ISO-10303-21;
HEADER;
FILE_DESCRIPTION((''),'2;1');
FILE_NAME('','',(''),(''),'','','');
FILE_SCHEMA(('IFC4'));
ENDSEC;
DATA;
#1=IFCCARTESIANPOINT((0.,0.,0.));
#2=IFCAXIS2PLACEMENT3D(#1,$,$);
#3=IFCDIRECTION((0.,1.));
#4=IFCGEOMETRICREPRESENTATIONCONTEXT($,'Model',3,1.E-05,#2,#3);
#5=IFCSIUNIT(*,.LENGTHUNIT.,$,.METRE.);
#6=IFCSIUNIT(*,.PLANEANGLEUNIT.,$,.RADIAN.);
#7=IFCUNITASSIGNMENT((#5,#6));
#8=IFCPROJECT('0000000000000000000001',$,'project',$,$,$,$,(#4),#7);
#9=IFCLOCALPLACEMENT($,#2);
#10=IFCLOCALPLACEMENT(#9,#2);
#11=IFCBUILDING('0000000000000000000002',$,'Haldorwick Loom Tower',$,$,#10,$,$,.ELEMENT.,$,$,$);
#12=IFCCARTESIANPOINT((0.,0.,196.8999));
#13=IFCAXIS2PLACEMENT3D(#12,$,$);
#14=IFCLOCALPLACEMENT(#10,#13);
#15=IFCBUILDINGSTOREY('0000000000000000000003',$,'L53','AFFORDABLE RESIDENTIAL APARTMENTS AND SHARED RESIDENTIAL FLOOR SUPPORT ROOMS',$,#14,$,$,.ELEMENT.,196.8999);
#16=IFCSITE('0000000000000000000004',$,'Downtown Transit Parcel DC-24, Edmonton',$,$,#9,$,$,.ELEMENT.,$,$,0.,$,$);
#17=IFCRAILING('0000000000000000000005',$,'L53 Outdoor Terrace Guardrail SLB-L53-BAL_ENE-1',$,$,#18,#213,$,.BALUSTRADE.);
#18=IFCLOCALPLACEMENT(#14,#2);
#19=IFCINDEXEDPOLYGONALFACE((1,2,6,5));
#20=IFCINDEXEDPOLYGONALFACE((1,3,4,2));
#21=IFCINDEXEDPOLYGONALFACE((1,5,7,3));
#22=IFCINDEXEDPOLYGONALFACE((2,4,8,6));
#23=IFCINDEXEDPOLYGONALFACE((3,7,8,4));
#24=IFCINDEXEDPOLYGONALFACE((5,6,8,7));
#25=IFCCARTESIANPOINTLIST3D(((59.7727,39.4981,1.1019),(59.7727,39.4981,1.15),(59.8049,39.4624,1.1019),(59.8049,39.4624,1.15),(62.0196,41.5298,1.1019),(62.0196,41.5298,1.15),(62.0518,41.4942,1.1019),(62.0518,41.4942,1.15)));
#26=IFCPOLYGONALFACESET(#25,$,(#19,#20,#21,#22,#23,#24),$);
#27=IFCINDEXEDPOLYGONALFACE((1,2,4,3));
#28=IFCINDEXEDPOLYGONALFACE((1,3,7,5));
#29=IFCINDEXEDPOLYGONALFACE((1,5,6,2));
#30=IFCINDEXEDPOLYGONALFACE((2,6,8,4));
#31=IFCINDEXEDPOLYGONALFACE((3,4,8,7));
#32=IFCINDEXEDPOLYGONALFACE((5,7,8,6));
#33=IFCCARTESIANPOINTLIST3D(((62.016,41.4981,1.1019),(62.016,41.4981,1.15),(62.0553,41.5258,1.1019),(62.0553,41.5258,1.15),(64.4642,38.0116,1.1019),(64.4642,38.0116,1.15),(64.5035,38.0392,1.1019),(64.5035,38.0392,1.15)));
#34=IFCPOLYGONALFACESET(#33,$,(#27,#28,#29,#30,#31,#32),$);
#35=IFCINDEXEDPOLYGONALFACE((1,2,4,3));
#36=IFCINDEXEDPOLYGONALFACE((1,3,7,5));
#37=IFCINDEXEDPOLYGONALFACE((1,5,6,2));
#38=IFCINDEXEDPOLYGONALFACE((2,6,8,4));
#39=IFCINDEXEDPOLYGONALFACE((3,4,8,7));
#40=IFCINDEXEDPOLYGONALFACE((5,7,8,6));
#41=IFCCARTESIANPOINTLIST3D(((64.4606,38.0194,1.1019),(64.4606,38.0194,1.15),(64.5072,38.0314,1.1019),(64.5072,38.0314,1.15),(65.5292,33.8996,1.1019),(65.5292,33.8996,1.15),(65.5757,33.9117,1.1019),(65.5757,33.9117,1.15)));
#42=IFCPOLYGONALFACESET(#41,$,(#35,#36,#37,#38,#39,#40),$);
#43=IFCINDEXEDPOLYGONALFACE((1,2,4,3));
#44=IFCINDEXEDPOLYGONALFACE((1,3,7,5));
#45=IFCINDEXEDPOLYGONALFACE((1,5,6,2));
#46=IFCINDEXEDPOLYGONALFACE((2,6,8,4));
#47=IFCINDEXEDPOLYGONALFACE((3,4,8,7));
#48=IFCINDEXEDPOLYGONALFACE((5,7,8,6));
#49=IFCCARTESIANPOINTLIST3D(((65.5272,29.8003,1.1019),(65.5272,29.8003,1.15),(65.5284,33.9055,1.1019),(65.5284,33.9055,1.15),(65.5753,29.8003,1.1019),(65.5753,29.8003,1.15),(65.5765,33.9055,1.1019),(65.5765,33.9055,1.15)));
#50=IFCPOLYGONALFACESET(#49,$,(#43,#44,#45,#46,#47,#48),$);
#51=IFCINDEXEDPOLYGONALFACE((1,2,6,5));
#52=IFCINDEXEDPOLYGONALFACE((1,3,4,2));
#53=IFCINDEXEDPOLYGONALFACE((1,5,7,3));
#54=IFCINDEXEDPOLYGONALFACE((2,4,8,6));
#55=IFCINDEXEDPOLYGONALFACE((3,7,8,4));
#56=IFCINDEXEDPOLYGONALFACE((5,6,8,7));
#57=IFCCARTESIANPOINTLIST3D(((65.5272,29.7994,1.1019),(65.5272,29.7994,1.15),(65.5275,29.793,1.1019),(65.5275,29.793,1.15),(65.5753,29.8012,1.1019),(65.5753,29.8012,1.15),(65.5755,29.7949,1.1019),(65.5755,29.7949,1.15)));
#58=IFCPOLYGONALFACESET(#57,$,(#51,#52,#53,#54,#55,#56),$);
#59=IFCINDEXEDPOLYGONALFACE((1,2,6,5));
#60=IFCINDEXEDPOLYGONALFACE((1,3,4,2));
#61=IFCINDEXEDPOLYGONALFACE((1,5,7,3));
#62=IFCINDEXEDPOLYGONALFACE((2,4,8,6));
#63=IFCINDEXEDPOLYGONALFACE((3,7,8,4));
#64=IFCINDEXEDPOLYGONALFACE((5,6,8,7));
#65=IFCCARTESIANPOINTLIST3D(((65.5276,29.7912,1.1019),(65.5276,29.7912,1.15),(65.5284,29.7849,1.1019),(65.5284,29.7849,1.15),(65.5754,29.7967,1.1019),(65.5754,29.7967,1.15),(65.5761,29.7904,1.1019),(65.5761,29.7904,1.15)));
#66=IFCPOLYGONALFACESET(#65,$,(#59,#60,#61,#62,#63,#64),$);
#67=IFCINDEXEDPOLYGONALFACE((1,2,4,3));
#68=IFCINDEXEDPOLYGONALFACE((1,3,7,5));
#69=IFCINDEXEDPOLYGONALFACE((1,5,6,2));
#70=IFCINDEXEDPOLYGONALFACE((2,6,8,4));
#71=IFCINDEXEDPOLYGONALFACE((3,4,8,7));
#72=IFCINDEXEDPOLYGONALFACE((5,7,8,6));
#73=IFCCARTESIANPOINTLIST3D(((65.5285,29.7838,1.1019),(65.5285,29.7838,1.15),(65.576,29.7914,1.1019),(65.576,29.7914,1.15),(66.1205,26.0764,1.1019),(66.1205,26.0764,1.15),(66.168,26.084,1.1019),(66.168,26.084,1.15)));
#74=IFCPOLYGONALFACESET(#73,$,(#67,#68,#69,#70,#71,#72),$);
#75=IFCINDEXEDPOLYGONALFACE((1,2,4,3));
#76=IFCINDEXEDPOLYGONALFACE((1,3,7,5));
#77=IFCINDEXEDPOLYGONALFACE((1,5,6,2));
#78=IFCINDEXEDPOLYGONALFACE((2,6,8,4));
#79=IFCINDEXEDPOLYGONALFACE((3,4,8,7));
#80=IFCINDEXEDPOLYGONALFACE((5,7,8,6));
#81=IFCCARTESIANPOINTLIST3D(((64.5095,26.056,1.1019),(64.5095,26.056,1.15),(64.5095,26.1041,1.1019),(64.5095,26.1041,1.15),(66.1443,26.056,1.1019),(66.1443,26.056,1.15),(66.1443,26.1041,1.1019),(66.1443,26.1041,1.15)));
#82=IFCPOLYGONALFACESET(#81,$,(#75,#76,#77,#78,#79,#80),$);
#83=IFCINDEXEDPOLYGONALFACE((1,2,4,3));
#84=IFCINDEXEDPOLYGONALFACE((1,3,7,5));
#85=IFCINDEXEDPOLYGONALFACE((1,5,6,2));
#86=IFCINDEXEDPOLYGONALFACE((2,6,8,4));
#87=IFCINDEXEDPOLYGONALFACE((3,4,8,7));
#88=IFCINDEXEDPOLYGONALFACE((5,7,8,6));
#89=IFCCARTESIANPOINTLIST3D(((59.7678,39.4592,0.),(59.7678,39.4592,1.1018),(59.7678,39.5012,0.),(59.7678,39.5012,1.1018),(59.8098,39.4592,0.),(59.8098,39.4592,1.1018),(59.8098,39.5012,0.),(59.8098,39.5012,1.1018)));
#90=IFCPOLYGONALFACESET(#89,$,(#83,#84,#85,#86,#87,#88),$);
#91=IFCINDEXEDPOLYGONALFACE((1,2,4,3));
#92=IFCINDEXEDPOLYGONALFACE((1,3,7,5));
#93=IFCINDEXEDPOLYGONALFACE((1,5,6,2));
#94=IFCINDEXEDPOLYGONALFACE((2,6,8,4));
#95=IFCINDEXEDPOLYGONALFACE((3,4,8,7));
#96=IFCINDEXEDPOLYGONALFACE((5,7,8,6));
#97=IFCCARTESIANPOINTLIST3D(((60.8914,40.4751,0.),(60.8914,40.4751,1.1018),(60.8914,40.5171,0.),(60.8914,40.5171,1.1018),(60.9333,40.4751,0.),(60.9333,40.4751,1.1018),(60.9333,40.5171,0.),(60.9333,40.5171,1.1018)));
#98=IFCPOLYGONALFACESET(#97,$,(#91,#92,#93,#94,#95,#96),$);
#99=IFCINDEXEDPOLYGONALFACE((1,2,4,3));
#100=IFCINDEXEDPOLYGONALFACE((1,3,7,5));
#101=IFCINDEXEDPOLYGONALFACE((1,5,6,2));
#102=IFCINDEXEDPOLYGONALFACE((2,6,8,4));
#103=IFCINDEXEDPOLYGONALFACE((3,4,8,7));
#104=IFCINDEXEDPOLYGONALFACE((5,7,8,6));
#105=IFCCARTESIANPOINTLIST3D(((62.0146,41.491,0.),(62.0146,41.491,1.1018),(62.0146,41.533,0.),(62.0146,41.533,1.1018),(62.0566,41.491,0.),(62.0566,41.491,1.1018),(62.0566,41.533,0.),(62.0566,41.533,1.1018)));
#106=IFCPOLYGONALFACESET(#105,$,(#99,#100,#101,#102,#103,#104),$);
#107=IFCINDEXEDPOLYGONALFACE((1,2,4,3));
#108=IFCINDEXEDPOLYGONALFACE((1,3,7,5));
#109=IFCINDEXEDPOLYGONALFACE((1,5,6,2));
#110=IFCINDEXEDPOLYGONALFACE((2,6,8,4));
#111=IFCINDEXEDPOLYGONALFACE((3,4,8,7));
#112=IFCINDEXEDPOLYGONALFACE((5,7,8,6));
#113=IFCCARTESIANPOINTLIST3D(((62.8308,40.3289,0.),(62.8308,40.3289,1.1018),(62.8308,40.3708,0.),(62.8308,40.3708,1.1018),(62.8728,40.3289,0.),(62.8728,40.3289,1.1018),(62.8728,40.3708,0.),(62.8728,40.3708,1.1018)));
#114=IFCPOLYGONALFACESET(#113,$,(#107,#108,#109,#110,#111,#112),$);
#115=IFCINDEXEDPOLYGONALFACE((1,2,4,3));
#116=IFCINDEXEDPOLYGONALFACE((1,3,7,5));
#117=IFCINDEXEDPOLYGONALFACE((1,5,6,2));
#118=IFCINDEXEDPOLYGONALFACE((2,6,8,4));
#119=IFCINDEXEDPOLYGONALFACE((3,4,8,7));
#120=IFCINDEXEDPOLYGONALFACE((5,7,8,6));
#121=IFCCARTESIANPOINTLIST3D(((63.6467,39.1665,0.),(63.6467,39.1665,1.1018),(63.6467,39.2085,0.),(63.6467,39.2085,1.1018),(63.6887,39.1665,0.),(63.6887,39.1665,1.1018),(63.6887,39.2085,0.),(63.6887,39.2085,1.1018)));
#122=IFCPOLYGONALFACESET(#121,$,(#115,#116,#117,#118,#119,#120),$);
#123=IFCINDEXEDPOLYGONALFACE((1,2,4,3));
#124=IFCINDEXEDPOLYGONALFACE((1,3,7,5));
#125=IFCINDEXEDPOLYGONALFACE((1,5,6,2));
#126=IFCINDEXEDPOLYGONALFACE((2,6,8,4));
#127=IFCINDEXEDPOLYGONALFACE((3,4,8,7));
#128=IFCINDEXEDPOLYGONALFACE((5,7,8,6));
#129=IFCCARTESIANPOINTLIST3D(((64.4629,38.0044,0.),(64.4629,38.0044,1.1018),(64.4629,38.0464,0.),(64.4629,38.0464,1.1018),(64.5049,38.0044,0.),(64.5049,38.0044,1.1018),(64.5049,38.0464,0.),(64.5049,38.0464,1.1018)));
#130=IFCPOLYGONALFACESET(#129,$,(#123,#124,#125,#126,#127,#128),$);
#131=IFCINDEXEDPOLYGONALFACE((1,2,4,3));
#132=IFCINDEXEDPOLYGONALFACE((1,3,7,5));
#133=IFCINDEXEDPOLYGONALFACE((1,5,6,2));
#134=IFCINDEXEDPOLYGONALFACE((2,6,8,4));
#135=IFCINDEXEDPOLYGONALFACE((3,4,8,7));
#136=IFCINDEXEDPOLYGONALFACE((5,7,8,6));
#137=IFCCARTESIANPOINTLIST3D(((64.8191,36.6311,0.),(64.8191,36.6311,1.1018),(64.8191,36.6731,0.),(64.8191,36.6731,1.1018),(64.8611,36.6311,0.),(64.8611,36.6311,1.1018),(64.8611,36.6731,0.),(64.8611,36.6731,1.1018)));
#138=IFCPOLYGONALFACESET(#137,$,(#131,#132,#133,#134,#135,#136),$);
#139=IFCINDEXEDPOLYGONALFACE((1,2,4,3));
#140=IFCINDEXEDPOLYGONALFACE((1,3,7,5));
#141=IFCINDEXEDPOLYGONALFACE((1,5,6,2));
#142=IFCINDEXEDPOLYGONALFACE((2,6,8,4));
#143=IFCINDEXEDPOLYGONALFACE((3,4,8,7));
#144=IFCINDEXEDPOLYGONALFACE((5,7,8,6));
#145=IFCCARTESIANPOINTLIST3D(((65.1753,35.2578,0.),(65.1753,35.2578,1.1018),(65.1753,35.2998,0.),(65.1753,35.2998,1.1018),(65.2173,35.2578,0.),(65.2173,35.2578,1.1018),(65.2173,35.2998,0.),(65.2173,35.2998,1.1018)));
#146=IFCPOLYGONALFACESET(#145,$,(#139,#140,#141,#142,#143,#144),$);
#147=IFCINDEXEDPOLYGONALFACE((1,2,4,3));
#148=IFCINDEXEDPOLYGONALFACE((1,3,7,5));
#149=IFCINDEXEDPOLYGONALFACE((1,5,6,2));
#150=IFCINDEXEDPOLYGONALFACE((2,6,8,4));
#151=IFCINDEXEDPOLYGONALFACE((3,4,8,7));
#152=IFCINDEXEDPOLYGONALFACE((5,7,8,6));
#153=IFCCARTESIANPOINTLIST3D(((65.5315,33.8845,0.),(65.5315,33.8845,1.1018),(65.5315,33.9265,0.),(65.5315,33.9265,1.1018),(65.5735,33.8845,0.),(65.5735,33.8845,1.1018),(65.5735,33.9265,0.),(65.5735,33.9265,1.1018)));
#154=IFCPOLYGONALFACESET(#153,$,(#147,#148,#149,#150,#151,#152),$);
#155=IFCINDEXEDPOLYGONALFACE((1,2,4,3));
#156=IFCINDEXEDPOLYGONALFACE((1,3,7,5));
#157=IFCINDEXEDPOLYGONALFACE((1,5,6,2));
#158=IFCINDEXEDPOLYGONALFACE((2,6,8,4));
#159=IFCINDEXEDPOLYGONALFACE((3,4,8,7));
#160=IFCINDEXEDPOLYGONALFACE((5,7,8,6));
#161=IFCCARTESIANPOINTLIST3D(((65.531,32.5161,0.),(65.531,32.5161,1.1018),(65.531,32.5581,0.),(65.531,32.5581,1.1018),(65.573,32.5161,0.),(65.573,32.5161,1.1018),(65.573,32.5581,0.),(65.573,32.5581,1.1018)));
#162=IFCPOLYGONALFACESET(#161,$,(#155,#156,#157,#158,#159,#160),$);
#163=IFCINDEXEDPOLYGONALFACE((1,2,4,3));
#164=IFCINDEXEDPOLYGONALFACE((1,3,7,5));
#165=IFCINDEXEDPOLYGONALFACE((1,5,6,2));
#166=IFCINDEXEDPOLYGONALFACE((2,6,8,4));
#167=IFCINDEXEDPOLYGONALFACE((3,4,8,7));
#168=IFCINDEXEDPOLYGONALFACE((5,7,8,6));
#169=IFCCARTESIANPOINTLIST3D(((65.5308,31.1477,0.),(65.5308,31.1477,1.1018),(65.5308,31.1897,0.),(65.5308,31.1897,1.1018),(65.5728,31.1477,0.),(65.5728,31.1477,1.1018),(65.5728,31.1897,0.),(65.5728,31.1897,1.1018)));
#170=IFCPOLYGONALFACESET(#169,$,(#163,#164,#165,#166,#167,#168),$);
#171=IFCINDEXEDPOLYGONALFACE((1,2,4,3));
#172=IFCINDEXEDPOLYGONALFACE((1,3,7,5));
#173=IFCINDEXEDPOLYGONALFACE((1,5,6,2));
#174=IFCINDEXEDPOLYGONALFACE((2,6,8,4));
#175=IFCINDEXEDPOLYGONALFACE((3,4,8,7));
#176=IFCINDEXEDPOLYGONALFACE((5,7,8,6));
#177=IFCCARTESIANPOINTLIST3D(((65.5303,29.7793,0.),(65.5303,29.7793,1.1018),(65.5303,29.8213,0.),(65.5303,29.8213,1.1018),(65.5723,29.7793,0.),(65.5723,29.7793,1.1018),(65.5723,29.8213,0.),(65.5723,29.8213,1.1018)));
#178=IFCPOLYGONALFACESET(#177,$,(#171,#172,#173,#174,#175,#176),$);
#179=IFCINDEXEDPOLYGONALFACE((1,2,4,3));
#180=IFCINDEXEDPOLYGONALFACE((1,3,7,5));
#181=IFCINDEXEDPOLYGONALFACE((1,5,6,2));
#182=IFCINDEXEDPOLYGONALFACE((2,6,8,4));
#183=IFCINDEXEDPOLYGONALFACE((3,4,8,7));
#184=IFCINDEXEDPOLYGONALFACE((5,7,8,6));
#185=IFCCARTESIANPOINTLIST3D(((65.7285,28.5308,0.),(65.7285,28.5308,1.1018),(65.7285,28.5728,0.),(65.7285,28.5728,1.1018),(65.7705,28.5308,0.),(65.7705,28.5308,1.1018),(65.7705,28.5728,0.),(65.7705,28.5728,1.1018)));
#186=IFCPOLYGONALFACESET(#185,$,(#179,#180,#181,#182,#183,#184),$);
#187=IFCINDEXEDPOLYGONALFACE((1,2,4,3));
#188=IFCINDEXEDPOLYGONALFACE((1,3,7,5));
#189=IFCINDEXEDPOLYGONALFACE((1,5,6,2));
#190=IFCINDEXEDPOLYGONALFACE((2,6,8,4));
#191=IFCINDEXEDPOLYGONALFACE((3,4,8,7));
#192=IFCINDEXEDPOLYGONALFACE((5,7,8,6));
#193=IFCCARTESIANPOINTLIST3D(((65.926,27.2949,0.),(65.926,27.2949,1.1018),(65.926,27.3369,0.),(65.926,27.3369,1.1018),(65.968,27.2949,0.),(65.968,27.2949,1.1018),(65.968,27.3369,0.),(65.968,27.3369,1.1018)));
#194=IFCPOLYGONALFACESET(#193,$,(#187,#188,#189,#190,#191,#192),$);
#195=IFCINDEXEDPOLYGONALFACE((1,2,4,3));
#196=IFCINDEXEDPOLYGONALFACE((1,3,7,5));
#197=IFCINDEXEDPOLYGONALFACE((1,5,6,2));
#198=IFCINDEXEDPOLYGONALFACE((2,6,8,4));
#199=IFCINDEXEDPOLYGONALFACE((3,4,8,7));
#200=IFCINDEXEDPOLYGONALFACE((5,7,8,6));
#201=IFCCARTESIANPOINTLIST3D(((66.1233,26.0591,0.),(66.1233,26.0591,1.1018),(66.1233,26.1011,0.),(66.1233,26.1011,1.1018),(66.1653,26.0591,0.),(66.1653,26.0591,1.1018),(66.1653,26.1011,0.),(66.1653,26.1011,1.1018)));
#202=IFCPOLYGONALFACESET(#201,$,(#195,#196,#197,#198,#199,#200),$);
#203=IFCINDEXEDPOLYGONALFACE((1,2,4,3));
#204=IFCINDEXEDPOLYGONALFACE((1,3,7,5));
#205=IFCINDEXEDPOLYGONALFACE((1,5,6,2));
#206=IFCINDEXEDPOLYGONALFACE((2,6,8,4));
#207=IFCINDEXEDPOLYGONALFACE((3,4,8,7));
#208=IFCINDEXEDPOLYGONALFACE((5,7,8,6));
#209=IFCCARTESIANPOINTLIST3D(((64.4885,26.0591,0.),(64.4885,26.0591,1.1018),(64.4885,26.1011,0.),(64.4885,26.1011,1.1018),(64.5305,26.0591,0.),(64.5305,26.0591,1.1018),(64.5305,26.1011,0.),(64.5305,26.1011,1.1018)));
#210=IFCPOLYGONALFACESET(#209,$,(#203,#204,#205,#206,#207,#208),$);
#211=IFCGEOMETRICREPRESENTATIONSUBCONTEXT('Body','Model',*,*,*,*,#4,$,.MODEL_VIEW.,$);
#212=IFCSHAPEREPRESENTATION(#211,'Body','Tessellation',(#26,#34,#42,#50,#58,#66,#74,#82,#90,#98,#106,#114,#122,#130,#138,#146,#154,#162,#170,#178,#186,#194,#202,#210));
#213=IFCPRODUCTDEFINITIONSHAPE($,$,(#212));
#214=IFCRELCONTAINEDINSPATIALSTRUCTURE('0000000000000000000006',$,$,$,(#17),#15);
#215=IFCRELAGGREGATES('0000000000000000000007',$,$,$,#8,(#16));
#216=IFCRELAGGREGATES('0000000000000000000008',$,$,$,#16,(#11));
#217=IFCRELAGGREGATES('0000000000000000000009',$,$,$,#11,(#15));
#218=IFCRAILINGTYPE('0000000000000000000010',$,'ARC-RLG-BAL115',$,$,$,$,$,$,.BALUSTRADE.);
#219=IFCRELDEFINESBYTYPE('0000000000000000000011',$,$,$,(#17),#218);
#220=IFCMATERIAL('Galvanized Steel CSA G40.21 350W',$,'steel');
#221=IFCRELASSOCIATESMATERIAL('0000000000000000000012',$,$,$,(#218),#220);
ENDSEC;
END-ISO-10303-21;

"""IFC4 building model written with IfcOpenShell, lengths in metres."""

from ifc_helpers import new_model, si_unit, direction, frame, origin, origin_2d, place, context, subcontext, project, spatial, rectangle, extrude, material, type_object, element, save


model = new_model("IFC4")

# Units and contexts
model_context = context("Model", 3, precision=1e-05, world=origin(), true_north=direction((0.0, 1.0)))
body_context = subcontext(model_context, "Body", "Model", "MODEL_VIEW")
ifc_project = project(units=[si_unit("LENGTHUNIT", "METRE"), si_unit("PLANEANGLEUNIT", "RADIAN")], contexts=[model_context])

# Site, building, storey
site_placement = place(None, origin())
site = spatial("IfcSite", under=ifc_project, at=site_placement, Name="Downtown Transit Parcel DC-24, Edmonton", CompositionType="ELEMENT", RefElevation=0.0)
building_placement = place(site_placement, origin())
building = spatial("IfcBuilding", under=site, at=building_placement, Name="Haldorwick Loom Tower", CompositionType="ELEMENT")
storey_placement = place(building_placement, frame((0.0, 0.0, 196.8999)))
storey = spatial("IfcBuildingStorey", under=building, at=storey_placement, Name="L53", Description="AFFORDABLE RESIDENTIAL APARTMENTS AND SHARED RESIDENTIAL FLOOR SUPPORT ROOMS", CompositionType="ELEMENT", Elevation=196.8999)

# Railing
ifc_material_1 = material(Name="Galvanized Steel CSA G40.21 350W", Category="steel")
railing_type = type_object("IfcRailingType", Name="ARC-RLG-BAL115", PredefinedType="BALUSTRADE", material=ifc_material_1)
railing_placement = place(storey_placement, frame((59.7888, 39.4802, 0.0)))
element("IfcRailing", 1, at=railing_placement, inside=storey, type_object=railing_type, Name="L53 Outdoor Terrace Guardrail SLB-L53-BAL_ENE-1", PredefinedType="BALUSTRADE", context=body_context, shape_type="SweptSolid", body=[
    extrude(rectangle(XDim=0.0481, YDim=0.0481, at=origin_2d()), frame((0.0, 0.0, 1.126), z_axis=(0.741717, 0.670713, 0.0), x_axis=(-0.670713, 0.741717, 0.0)), (0.0, 0.0, 1.0), 3.0293),
    extrude(rectangle(XDim=0.0481, YDim=0.0481, at=origin_2d()), frame((2.2468, 2.0317, 1.126), z_axis=(0.574666, -0.818388, 0.0), x_axis=(0.818388, 0.574666, 0.0)), (0.0, 0.0, 1.0), 4.2603),
    extrude(rectangle(XDim=0.0481, YDim=0.0481, at=origin_2d()), frame((4.6951, -1.4548, 1.126), z_axis=(0.25107, -0.967969, 0.0), x_axis=(0.967969, 0.25107, 0.0)), (0.0, 0.0, 1.0), 4.2561),
    extrude(rectangle(XDim=0.0481, YDim=0.0481, at=origin_2d()), frame((5.7637, -5.5747, 1.126), z_axis=(-0.000297, -1.0, 0.0), x_axis=(1.0, -0.000297, 0.0)), (0.0, 0.0, 1.0), 4.1052),
    extrude(rectangle(XDim=0.0481, YDim=0.0481, at=origin_2d()), frame((5.7625, -9.6799, 1.126), z_axis=(0.038433, -0.999261, 0.0), x_axis=(0.999261, 0.038433, 0.0)), (0.0, 0.0, 1.0), 0.0063),
    extrude(rectangle(XDim=0.0481, YDim=0.0481, at=origin_2d()), frame((5.7627, -9.6863, 1.126), z_axis=(0.114624, -0.993409, 0.0), x_axis=(0.993409, 0.114624, 0.0)), (0.0, 0.0, 1.0), 0.0063),
    extrude(rectangle(XDim=0.0481, YDim=0.0481, at=origin_2d()), frame((5.7634, -9.6926, 1.126), z_axis=(0.157689, -0.987489, 0.0), x_axis=(0.987489, 0.157689, 0.0)), (0.0, 0.0, 1.0), 3.7544),
    extrude(rectangle(XDim=0.0481, YDim=0.0481, at=origin_2d()), frame((6.3555, -13.4001, 1.126), z_axis=(-1.0, 0.0, 0.0), x_axis=(0.0, -1.0, 0.0)), (0.0, 0.0, 1.0), 1.6348),
    extrude(rectangle(XDim=0.042, YDim=0.042, at=origin_2d()), origin(), (0.0, 0.0, 1.0), 1.1018),
    extrude(rectangle(XDim=0.042, YDim=0.042, at=origin_2d()), frame((1.1235, 1.0159, 0.0)), (0.0, 0.0, 1.0), 1.1018),
    extrude(rectangle(XDim=0.042, YDim=0.042, at=origin_2d()), frame((2.2468, 2.0317, 0.0)), (0.0, 0.0, 1.0), 1.1018),
    extrude(rectangle(XDim=0.042, YDim=0.042, at=origin_2d()), frame((3.063, 0.8696, 0.0)), (0.0, 0.0, 1.0), 1.1018),
    extrude(rectangle(XDim=0.042, YDim=0.042, at=origin_2d()), frame((3.8789, -0.2927, 0.0)), (0.0, 0.0, 1.0), 1.1018),
    extrude(rectangle(XDim=0.042, YDim=0.042, at=origin_2d()), frame((4.6951, -1.4548, 0.0)), (0.0, 0.0, 1.0), 1.1018),
    extrude(rectangle(XDim=0.042, YDim=0.042, at=origin_2d()), frame((5.0513, -2.8281, 0.0)), (0.0, 0.0, 1.0), 1.1018),
    extrude(rectangle(XDim=0.042, YDim=0.042, at=origin_2d()), frame((5.4075, -4.2014, 0.0)), (0.0, 0.0, 1.0), 1.1018),
    extrude(rectangle(XDim=0.042, YDim=0.042, at=origin_2d()), frame((5.7637, -5.5747, 0.0)), (0.0, 0.0, 1.0), 1.1018),
    extrude(rectangle(XDim=0.042, YDim=0.042, at=origin_2d()), frame((5.7632, -6.9431, 0.0)), (0.0, 0.0, 1.0), 1.1018),
    extrude(rectangle(XDim=0.042, YDim=0.042, at=origin_2d()), frame((5.7629, -8.3115, 0.0)), (0.0, 0.0, 1.0), 1.1018),
    extrude(rectangle(XDim=0.042, YDim=0.042, at=origin_2d()), frame((5.7625, -9.6799, 0.0)), (0.0, 0.0, 1.0), 1.1018),
    extrude(rectangle(XDim=0.042, YDim=0.042, at=origin_2d()), frame((5.9607, -10.9285, 0.0)), (0.0, 0.0, 1.0), 1.1018),
    extrude(rectangle(XDim=0.042, YDim=0.042, at=origin_2d()), frame((6.1582, -12.1643, 0.0)), (0.0, 0.0, 1.0), 1.1018),
    extrude(rectangle(XDim=0.042, YDim=0.042, at=origin_2d()), frame((6.3555, -13.4001, 0.0)), (0.0, 0.0, 1.0), 1.1018),
    extrude(rectangle(XDim=0.042, YDim=0.042, at=origin_2d()), frame((4.7207, -13.4001, 0.0)), (0.0, 0.0, 1.0), 1.1018),
])

save(model, "model.ifc")
